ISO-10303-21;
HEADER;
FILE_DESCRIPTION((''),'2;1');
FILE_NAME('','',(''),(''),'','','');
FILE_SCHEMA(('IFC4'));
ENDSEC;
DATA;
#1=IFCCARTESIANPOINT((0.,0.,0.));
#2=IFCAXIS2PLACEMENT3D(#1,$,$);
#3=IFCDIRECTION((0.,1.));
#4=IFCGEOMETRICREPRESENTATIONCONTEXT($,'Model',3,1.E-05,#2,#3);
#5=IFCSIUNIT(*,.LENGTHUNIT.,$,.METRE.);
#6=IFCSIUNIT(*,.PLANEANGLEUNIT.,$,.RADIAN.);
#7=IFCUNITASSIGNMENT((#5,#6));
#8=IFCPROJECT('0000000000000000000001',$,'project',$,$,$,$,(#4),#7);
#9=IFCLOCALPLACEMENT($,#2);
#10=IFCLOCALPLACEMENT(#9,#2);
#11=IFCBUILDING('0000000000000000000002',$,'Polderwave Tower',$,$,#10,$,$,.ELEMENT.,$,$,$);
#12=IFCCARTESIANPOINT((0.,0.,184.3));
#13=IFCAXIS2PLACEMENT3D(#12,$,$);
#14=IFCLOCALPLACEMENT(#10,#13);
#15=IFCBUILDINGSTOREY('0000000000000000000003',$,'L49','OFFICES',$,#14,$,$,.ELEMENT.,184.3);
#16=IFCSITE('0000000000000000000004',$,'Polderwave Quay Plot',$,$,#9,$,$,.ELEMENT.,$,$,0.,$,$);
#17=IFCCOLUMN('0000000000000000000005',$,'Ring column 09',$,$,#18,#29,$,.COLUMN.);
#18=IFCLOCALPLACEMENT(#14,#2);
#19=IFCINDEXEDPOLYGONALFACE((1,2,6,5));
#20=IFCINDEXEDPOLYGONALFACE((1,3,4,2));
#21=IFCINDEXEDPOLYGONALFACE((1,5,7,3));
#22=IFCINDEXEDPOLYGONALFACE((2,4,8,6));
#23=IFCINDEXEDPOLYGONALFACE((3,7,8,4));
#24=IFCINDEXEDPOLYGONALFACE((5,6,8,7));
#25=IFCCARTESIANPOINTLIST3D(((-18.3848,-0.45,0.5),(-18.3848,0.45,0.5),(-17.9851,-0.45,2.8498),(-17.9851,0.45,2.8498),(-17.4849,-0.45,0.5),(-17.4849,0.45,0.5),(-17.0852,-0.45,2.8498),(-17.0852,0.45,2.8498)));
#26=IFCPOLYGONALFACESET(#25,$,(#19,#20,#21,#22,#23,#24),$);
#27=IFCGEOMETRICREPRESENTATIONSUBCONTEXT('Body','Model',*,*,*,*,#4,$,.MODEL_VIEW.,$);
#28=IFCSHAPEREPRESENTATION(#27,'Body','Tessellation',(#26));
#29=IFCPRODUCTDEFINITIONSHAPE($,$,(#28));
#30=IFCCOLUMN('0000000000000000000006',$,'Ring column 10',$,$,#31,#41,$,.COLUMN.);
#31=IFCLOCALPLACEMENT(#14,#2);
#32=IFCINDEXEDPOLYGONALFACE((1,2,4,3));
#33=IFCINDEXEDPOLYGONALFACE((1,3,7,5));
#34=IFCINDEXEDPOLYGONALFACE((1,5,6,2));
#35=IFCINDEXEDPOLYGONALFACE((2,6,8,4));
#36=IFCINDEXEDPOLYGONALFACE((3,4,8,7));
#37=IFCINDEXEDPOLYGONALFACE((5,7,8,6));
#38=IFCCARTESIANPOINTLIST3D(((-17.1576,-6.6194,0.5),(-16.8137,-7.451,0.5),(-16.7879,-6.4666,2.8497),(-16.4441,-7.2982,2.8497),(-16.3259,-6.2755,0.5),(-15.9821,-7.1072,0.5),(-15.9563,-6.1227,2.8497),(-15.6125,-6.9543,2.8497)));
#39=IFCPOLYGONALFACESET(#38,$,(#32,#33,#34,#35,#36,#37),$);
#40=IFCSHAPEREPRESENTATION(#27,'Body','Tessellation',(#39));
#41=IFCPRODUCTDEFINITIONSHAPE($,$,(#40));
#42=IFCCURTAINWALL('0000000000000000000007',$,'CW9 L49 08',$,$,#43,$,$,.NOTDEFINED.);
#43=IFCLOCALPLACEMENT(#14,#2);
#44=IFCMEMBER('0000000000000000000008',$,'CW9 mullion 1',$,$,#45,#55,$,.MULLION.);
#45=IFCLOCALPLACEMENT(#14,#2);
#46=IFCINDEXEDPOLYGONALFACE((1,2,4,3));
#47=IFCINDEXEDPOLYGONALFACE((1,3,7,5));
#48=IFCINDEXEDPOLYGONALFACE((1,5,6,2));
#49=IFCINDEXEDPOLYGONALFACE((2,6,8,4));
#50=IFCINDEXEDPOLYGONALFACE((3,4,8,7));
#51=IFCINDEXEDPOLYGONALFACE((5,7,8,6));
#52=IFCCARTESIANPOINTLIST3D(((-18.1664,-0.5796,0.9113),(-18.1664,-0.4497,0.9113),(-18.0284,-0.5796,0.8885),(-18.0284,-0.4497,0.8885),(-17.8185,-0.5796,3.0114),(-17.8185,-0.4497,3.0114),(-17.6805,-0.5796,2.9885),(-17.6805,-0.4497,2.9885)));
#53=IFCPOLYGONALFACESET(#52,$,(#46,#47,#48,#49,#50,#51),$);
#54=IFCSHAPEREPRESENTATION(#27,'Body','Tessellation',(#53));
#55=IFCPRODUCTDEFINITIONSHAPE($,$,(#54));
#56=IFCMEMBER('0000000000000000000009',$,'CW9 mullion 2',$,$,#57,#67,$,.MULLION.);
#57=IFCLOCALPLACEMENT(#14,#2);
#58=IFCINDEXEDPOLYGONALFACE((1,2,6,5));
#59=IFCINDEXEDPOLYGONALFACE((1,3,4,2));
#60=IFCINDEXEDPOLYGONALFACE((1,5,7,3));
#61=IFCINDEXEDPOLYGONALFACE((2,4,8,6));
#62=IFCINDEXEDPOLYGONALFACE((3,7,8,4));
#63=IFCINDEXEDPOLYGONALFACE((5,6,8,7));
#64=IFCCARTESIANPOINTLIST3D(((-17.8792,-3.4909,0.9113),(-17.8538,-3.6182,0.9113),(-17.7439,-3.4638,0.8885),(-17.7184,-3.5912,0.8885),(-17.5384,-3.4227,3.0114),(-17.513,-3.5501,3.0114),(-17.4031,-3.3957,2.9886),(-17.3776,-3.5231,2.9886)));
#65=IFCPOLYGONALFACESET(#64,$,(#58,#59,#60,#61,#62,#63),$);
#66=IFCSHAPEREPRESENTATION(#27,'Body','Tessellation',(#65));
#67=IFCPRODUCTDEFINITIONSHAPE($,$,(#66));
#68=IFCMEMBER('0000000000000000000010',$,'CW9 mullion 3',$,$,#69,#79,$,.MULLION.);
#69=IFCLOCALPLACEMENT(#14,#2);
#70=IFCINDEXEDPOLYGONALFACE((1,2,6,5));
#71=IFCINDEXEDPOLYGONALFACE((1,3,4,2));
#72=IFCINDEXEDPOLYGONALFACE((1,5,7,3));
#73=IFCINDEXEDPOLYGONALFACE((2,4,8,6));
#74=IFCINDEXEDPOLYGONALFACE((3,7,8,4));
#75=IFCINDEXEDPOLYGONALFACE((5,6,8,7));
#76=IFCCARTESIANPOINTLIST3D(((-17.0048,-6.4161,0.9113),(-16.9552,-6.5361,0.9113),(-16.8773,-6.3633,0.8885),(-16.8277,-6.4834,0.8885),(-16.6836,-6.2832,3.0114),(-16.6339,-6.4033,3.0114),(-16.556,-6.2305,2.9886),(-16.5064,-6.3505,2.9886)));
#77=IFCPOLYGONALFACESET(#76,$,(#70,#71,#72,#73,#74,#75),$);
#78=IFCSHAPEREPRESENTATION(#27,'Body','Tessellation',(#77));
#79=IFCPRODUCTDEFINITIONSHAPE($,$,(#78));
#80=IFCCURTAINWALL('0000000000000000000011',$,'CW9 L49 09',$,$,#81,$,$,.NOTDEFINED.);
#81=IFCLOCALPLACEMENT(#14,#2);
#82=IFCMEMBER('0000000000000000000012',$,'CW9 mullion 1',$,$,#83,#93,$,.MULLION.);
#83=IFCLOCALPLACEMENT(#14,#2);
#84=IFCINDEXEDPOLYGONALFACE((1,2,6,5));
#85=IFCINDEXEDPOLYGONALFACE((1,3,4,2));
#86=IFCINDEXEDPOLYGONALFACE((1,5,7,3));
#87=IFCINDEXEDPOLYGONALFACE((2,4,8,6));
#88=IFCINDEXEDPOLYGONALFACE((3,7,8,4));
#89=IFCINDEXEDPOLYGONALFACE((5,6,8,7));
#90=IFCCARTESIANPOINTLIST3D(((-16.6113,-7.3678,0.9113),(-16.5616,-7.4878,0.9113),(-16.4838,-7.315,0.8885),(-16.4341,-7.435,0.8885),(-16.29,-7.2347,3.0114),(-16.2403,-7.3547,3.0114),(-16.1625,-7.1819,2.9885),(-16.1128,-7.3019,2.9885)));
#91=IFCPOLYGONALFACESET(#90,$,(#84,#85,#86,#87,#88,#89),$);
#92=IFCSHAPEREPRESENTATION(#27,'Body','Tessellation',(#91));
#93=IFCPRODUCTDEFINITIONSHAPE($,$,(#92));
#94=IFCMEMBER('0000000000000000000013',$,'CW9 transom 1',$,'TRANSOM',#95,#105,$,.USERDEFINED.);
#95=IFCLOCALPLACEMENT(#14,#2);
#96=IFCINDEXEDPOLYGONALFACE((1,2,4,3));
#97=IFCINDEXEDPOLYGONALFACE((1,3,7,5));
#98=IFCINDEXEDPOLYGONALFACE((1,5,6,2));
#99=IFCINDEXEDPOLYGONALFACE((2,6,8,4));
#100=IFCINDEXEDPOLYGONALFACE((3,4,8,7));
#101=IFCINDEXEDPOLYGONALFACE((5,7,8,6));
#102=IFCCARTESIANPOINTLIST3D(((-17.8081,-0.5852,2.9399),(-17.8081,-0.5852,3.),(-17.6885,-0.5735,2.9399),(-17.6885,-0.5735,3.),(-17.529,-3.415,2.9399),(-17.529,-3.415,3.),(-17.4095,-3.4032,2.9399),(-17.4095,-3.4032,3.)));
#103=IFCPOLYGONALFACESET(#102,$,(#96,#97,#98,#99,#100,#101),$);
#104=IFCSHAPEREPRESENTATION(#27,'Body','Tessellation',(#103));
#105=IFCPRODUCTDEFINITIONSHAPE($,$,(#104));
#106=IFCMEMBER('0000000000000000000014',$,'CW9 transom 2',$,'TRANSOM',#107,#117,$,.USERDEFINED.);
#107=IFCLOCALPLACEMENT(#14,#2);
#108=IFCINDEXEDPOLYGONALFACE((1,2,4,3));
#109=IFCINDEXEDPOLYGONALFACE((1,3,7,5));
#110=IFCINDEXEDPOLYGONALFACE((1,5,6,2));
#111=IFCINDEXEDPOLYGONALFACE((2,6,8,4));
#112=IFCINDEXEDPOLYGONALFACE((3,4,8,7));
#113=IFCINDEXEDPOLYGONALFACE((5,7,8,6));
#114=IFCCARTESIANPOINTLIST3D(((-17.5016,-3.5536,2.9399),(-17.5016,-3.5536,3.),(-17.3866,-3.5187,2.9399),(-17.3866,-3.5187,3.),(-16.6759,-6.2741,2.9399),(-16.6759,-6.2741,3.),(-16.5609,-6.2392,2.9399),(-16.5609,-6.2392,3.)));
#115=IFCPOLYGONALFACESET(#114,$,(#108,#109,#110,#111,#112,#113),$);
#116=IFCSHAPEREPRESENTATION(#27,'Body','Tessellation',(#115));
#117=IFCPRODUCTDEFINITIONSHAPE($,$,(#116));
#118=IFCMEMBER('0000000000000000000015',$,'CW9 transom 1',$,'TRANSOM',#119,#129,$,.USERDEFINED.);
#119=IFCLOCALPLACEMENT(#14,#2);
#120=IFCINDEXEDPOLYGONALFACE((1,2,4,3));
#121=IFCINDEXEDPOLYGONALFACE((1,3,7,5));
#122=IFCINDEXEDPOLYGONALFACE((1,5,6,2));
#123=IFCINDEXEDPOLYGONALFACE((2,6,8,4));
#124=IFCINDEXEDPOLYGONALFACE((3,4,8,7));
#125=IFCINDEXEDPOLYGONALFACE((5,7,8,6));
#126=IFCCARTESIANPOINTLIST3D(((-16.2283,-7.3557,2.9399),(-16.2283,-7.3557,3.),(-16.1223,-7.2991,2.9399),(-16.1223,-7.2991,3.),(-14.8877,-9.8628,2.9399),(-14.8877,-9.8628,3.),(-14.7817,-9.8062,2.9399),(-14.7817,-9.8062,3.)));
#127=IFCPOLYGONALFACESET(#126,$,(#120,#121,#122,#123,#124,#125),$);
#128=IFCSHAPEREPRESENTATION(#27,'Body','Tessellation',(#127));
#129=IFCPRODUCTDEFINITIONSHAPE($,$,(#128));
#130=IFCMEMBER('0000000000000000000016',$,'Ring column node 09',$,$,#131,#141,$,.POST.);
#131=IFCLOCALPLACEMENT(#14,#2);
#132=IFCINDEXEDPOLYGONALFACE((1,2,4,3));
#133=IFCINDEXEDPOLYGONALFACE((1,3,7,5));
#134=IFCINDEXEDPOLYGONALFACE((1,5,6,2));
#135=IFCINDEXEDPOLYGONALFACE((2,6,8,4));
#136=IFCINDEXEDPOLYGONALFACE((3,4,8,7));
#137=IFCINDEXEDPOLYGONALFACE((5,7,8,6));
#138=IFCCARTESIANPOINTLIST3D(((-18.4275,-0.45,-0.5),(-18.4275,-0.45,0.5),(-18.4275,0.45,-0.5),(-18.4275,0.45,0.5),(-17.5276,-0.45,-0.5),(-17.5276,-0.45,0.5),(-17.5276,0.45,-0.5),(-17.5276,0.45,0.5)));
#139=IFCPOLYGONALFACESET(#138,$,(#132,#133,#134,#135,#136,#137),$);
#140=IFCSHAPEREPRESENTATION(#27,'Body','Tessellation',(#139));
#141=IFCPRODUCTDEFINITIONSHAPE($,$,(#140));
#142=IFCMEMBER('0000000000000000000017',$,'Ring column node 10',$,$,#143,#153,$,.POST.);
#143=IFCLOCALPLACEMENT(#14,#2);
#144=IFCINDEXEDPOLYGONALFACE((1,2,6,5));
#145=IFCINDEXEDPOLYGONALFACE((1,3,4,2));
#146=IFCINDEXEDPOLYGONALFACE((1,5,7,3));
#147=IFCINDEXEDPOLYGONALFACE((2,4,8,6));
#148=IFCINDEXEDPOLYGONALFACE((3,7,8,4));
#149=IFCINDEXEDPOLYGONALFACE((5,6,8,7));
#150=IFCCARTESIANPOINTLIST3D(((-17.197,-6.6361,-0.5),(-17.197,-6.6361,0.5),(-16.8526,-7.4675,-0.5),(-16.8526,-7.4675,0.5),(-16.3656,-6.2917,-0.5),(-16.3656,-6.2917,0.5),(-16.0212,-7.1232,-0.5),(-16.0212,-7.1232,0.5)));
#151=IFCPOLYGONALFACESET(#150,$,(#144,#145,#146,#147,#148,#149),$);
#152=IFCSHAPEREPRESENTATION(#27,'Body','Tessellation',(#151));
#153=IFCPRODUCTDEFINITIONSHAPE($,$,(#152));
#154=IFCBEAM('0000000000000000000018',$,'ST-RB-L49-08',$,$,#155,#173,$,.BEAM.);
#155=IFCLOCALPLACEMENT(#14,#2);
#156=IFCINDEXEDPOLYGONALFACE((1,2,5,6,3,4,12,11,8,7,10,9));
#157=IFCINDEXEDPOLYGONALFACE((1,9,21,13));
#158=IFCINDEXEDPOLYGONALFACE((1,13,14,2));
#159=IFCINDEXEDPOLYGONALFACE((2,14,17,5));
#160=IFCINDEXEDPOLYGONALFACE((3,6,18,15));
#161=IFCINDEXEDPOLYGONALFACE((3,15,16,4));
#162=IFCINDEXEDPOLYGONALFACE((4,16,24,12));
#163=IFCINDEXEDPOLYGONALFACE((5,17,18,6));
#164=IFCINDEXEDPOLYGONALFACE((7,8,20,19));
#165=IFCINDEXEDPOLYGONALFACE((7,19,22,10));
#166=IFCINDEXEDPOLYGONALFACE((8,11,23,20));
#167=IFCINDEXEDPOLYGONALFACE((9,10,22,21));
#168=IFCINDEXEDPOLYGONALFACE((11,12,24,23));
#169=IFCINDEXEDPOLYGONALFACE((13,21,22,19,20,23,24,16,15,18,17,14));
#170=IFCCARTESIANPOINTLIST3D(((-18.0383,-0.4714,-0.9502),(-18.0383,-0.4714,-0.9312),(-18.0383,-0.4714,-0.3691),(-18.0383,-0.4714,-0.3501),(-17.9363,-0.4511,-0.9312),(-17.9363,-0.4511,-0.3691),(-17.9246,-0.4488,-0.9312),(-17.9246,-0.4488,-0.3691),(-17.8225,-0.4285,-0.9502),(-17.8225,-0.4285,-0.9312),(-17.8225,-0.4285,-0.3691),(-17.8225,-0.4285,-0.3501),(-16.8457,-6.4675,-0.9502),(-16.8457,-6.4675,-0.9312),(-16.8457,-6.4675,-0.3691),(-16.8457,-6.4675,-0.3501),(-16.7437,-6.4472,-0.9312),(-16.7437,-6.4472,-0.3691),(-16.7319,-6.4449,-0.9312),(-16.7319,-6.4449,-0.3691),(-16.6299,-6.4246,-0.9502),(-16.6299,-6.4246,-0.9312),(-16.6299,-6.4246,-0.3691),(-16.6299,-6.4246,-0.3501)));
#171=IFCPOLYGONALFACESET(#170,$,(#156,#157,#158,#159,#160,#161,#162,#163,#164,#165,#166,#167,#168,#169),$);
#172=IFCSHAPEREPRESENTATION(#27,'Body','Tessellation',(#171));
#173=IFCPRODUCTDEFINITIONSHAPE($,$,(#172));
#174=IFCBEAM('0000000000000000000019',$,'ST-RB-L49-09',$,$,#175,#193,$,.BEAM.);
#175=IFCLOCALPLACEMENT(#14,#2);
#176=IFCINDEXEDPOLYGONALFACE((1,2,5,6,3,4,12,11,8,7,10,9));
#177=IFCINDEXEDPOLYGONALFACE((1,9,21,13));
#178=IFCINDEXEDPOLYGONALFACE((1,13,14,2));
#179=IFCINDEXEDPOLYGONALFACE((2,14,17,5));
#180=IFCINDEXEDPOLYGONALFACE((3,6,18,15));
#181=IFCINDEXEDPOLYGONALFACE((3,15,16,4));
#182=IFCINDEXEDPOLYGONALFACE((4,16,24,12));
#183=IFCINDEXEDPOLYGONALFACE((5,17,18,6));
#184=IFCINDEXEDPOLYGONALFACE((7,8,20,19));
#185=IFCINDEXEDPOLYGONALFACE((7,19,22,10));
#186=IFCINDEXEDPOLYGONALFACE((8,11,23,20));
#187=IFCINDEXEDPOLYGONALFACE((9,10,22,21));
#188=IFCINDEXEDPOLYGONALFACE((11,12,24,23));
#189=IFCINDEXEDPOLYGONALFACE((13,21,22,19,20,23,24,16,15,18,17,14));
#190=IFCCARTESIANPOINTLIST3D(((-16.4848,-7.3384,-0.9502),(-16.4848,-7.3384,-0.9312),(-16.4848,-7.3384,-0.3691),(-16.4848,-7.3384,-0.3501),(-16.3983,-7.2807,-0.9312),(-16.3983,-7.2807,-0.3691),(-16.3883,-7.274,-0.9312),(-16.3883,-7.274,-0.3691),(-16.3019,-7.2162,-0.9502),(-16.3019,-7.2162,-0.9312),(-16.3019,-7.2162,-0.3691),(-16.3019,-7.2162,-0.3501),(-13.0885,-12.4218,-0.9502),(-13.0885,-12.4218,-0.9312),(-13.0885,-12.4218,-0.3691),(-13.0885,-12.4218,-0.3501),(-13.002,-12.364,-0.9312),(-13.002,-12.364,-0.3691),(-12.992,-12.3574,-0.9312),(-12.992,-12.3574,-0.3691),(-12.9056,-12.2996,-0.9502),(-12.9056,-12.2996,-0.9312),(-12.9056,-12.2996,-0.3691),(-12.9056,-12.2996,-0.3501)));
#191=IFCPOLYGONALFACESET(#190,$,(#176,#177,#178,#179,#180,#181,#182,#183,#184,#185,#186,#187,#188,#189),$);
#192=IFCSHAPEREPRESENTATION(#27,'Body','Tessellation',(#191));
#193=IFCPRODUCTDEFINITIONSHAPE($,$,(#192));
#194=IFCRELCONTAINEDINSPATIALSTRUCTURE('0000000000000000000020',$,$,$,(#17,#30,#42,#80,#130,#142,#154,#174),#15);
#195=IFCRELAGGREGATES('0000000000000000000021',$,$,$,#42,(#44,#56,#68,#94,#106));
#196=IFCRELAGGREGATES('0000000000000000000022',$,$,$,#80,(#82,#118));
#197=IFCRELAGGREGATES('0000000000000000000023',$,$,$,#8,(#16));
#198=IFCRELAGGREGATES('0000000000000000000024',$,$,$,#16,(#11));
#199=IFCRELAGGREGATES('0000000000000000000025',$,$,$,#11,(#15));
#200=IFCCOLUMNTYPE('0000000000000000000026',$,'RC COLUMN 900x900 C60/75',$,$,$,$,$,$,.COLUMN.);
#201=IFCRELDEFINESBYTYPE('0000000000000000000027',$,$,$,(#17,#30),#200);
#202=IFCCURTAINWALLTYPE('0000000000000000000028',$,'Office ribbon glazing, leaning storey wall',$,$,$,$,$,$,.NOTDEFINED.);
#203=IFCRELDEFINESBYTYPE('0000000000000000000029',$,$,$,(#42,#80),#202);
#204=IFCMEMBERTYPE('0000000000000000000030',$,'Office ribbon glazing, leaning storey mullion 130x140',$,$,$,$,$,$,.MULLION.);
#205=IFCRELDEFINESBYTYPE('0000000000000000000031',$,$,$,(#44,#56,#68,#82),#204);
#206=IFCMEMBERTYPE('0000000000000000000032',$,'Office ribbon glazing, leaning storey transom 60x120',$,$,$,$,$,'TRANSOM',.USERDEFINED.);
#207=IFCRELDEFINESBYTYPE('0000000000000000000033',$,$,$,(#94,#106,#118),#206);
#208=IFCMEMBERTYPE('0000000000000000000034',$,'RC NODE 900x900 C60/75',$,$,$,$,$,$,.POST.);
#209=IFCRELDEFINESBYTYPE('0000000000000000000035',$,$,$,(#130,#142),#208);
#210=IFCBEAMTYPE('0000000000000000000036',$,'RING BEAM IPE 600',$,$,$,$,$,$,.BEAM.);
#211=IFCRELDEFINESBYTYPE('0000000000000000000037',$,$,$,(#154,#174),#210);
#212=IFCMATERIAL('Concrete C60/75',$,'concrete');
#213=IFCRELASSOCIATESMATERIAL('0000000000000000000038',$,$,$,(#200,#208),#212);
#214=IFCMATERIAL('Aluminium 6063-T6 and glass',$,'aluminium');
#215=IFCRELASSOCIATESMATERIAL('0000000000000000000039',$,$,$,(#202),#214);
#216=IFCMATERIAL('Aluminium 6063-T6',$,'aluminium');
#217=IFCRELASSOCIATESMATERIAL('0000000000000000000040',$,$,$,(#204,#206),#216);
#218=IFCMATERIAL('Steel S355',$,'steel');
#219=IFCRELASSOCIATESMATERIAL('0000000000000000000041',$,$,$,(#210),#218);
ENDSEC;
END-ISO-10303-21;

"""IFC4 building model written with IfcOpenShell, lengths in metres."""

from ifc_helpers import new_model, si_unit, direction, frame, origin, origin_2d, place, context, subcontext, project, spatial, rectangle, i_section, extrude, material, material_profile, profile_set, type_object, element, aggregate, save


model = new_model("IFC4")

# Units and contexts
model_context = context("Model", 3, precision=1e-05, world=origin(), true_north=direction((0.0, 1.0)))
body_context = subcontext(model_context, "Body", "Model", "MODEL_VIEW")
ifc_project = project(units=[si_unit("LENGTHUNIT", "METRE"), si_unit("PLANEANGLEUNIT", "RADIAN")], contexts=[model_context])

# Site, building, storey
site_placement = place(None, origin())
site = spatial("IfcSite", under=ifc_project, at=site_placement, Name="Polderwave Quay Plot", CompositionType="ELEMENT", RefElevation=0.0)
building_placement = place(site_placement, origin())
building = spatial("IfcBuilding", under=site, at=building_placement, Name="Polderwave Tower", CompositionType="ELEMENT")
storey_placement = place(building_placement, frame((0.0, 0.0, 184.3)))
storey = spatial("IfcBuildingStorey", under=building, at=storey_placement, Name="L49", Description="OFFICES", CompositionType="ELEMENT", Elevation=184.3)

# Columns
ifc_material_1 = material(Name="Concrete C60/75", Category="concrete")
ifc_material_profile_1 = material_profile(ifc_material_1, rectangle(XDim=0.8999, YDim=0.8999, at=origin_2d()), Name="RC 900x900")
ifc_profile_set_1 = profile_set([ifc_material_profile_1], Name="Concrete C60/75")
column_type = type_object("IfcColumnType", Name="RC COLUMN 900x900 C60/75", PredefinedType="COLUMN", material=ifc_profile_set_1)
column_1_placement = place(storey_placement, frame((-17.9348, 0.0, 0.5), z_axis=(0.0, 0.0, 1.0), x_axis=(0.0, 1.0, 0.0)))
element("IfcColumn", 1, at=column_1_placement, inside=storey, type_object=column_type, Name="Ring column 09", PredefinedType="COLUMN", context=body_context, shape_type="SweptSolid", body=[
    extrude(rectangle(XDim=0.8999, YDim=0.8999, at=origin_2d()), origin(), (0.0, -0.16767, 0.985843), 2.3835),
])
column_2_placement = place(storey_placement, frame((-16.5698, -6.8633, 0.5), z_axis=(0.0, 0.0, 1.0), x_axis=(-0.3821, 0.924121, 0.0)))
element("IfcColumn", 2, at=column_2_placement, inside=storey, type_object=column_type, Name="Ring column 10", PredefinedType="COLUMN", context=body_context, shape_type="SweptSolid", body=[
    extrude(rectangle(XDim=0.8999, YDim=0.8999, at=origin_2d()), origin(), (0.0, -0.167801, 0.985821), 2.3835),
])

# Curtain wall, members
ifc_material_2 = material(Name="Aluminium 6063-T6 and glass", Category="aluminium")
curtain_wall_type = type_object("IfcCurtainWallType", Name="Office ribbon glazing, leaning storey wall", PredefinedType="NOTDEFINED", material=ifc_material_2)
curtain_wall_1_placement = place(storey_placement, origin())
curtain_wall_1 = element("IfcCurtainWall", 3, at=curtain_wall_1_placement, inside=storey, type_object=curtain_wall_type, Name="CW9 L49 08", PredefinedType="NOTDEFINED")
ifc_material_3 = material(Name="Aluminium 6063-T6", Category="aluminium")
ifc_material_profile_2 = material_profile(ifc_material_3, rectangle(XDim=0.1299, YDim=0.1399, at=origin_2d()), Name="AL 130x140")
ifc_profile_set_2 = profile_set([ifc_material_profile_2], Name="Aluminium 6063-T6")
member_type_1 = type_object("IfcMemberType", Name="Office ribbon glazing, leaning storey mullion 130x140", PredefinedType="MULLION", material=ifc_profile_set_2)
member_1_placement = place(storey_placement, frame((-18.0974, -0.5146, 0.8999), z_axis=(0.163432, 0.0, 0.986555), x_axis=(0.0, 1.0, 0.0)))
member_1 = element("IfcMember", 4, at=member_1_placement, type_object=member_type_1, Name="CW9 mullion 1", PredefinedType="MULLION", context=body_context, shape_type="SweptSolid", body=[
    extrude(rectangle(XDim=0.1299, YDim=0.1399, at=origin_2d()), origin(), (0.0, 0.0, 1.0), 2.1287),
])
member_2_placement = place(storey_placement, frame((-17.7988, -3.541, 0.8999), z_axis=(0.16011, 0.031999, 0.98658), x_axis=(-0.195981, 0.980608, 0.0)))
member_2 = element("IfcMember", 5, at=member_2_placement, type_object=member_type_1, Name="CW9 mullion 2", PredefinedType="MULLION", context=body_context, shape_type="SweptSolid", body=[
    extrude(rectangle(XDim=0.1299, YDim=0.1399, at=origin_2d()), origin(), (0.0, 0.0, 1.0), 2.1287),
])
member_3_placement = place(storey_placement, frame((-16.9163, -6.4497, 0.8999), z_axis=(0.150934, 0.062392, 0.986573), x_axis=(-0.382021, 0.924154, 0.0)))
member_3 = element("IfcMember", 6, at=member_3_placement, type_object=member_type_1, Name="CW9 mullion 3", PredefinedType="MULLION", context=body_context, shape_type="SweptSolid", body=[
    extrude(rectangle(XDim=0.1299, YDim=0.1399, at=origin_2d()), origin(), (0.0, 0.0, 1.0), 2.1287),
])

# Curtain wall, member
curtain_wall_2_placement = place(storey_placement, origin())
curtain_wall_2 = element("IfcCurtainWall", 7, at=curtain_wall_2_placement, inside=storey, type_object=curtain_wall_type, Name="CW9 L49 09", PredefinedType="NOTDEFINED")
member_4_placement = place(storey_placement, frame((-16.5227, -7.4014, 0.8999), z_axis=(0.150932, 0.062506, 0.986566), x_axis=(-0.38262, 0.923906, 0.0)))
member_4 = element("IfcMember", 8, at=member_4_placement, type_object=member_type_1, Name="CW9 mullion 1", PredefinedType="MULLION", context=body_context, shape_type="SweptSolid", body=[
    extrude(rectangle(XDim=0.1299, YDim=0.1399, at=origin_2d()), origin(), (0.0, 0.0, 1.0), 2.1287),
])

# Members
ifc_material_profile_3 = material_profile(ifc_material_3, rectangle(XDim=0.1201, YDim=0.0601, at=origin_2d()), Name="AL 60x120")
ifc_profile_set_3 = profile_set([ifc_material_profile_3], Name="Aluminium 6063-T6")
member_type_2 = type_object("IfcMemberType", Name="Office ribbon glazing, leaning storey transom 60x120", ElementType="TRANSOM", PredefinedType="USERDEFINED", material=ifc_profile_set_3)
member_5_placement = place(storey_placement, frame((-17.7483, -0.5793, 2.97), z_axis=(0.098135, -0.995173, 0.0), x_axis=(0.995173, 0.098135, 0.0)))
member_5 = element("IfcMember", 9, at=member_5_placement, type_object=member_type_2, Name="CW9 transom 1", ObjectType="TRANSOM", PredefinedType="USERDEFINED", context=body_context, shape_type="SweptSolid", body=[
    extrude(rectangle(XDim=0.1201, YDim=0.0601, at=origin_2d()), origin(), (0.0, 0.0, 1.0), 2.8435),
])
member_6_placement = place(storey_placement, frame((-17.4441, -3.5361, 2.97), z_axis=(0.290427, -0.956897, 0.0), x_axis=(0.956897, 0.290427, 0.0)))
member_6 = element("IfcMember", 10, at=member_6_placement, type_object=member_type_2, Name="CW9 transom 2", ObjectType="TRANSOM", PredefinedType="USERDEFINED", context=body_context, shape_type="SweptSolid", body=[
    extrude(rectangle(XDim=0.1201, YDim=0.0601, at=origin_2d()), origin(), (0.0, 0.0, 1.0), 2.843),
])
member_7_placement = place(storey_placement, frame((-16.1753, -7.3274, 2.97), z_axis=(0.471537, -0.881846, 0.0), x_axis=(0.881846, 0.471537, 0.0)))
member_7 = element("IfcMember", 11, at=member_7_placement, type_object=member_type_2, Name="CW9 transom 1", ObjectType="TRANSOM", PredefinedType="USERDEFINED", context=body_context, shape_type="SweptSolid", body=[
    extrude(rectangle(XDim=0.1201, YDim=0.0601, at=origin_2d()), origin(), (0.0, 0.0, 1.0), 2.843),
])

# Members
ifc_material_profile_4 = material_profile(ifc_material_1, rectangle(XDim=0.8999, YDim=0.8999, at=origin_2d()), Name="RC 900x900")
ifc_profile_set_4 = profile_set([ifc_material_profile_4], Name="Concrete C60/75")
member_type_3 = type_object("IfcMemberType", Name="RC NODE 900x900 C60/75", PredefinedType="POST", material=ifc_profile_set_4)
for number, where, z_axis, x_axis, name in (
    (12, (-17.9775, 0.0, -0.5), (0.0, 0.0, 1.0), (-1.0, 0.0, 0.0), "Ring column node 09"),
    (13, (-16.6091, -6.8796, -0.5), (0.0, 0.0, 1.0), (-0.92388, -0.382683, 0.0), "Ring column node 10"),
):
    element("IfcMember", number, at=place(storey_placement, frame(where, z_axis=z_axis, x_axis=x_axis)), inside=storey, type_object=member_type_3, Name=name, PredefinedType="POST", context=body_context, shape_type="SweptSolid", body=[
        extrude(rectangle(XDim=0.8999, YDim=0.8999, at=origin_2d()), origin(), (0.0, 0.0, 1.0), 1.0),
    ])

# Beams
ifc_material_4 = material(Name="Steel S355", Category="steel")
ifc_material_profile_5 = material_profile(ifc_material_4, i_section(OverallWidth=0.22, OverallDepth=0.6001, WebThickness=0.012, FlangeThickness=0.019, at=origin_2d()), Name="IPE 600")
ifc_profile_set_5 = profile_set([ifc_material_profile_5], Name="Steel S355")
beam_type = type_object("IfcBeamType", Name="RING BEAM IPE 600", PredefinedType="BEAM", material=ifc_profile_set_5)
for number, where, z_axis, x_axis, name in (
    (14, (-17.9304, -0.45, -0.6501), (0.195079, -0.980787, 0.0), (0.980787, 0.195079, 0.0), "ST-RB-L49-08"),
    (15, (-16.3933, -7.2773, -0.6501), (0.555539, -0.831491, 0.0), (0.831491, 0.555539, 0.0), "ST-RB-L49-09"),
):
    element("IfcBeam", number, at=place(storey_placement, frame(where, z_axis=z_axis, x_axis=x_axis)), inside=storey, type_object=beam_type, Name=name, PredefinedType="BEAM", context=body_context, shape_type="SweptSolid", body=[
        extrude(i_section(OverallWidth=0.22, OverallDepth=0.6001, WebThickness=0.012, FlangeThickness=0.019, at=origin_2d()), origin(), (0.0, 0.0, 1.0), 6.1135),
    ])

aggregate(curtain_wall_1, [member_1, member_2, member_3, member_5, member_6])
aggregate(curtain_wall_2, [member_4, member_7])

save(model, "model.ifc")
